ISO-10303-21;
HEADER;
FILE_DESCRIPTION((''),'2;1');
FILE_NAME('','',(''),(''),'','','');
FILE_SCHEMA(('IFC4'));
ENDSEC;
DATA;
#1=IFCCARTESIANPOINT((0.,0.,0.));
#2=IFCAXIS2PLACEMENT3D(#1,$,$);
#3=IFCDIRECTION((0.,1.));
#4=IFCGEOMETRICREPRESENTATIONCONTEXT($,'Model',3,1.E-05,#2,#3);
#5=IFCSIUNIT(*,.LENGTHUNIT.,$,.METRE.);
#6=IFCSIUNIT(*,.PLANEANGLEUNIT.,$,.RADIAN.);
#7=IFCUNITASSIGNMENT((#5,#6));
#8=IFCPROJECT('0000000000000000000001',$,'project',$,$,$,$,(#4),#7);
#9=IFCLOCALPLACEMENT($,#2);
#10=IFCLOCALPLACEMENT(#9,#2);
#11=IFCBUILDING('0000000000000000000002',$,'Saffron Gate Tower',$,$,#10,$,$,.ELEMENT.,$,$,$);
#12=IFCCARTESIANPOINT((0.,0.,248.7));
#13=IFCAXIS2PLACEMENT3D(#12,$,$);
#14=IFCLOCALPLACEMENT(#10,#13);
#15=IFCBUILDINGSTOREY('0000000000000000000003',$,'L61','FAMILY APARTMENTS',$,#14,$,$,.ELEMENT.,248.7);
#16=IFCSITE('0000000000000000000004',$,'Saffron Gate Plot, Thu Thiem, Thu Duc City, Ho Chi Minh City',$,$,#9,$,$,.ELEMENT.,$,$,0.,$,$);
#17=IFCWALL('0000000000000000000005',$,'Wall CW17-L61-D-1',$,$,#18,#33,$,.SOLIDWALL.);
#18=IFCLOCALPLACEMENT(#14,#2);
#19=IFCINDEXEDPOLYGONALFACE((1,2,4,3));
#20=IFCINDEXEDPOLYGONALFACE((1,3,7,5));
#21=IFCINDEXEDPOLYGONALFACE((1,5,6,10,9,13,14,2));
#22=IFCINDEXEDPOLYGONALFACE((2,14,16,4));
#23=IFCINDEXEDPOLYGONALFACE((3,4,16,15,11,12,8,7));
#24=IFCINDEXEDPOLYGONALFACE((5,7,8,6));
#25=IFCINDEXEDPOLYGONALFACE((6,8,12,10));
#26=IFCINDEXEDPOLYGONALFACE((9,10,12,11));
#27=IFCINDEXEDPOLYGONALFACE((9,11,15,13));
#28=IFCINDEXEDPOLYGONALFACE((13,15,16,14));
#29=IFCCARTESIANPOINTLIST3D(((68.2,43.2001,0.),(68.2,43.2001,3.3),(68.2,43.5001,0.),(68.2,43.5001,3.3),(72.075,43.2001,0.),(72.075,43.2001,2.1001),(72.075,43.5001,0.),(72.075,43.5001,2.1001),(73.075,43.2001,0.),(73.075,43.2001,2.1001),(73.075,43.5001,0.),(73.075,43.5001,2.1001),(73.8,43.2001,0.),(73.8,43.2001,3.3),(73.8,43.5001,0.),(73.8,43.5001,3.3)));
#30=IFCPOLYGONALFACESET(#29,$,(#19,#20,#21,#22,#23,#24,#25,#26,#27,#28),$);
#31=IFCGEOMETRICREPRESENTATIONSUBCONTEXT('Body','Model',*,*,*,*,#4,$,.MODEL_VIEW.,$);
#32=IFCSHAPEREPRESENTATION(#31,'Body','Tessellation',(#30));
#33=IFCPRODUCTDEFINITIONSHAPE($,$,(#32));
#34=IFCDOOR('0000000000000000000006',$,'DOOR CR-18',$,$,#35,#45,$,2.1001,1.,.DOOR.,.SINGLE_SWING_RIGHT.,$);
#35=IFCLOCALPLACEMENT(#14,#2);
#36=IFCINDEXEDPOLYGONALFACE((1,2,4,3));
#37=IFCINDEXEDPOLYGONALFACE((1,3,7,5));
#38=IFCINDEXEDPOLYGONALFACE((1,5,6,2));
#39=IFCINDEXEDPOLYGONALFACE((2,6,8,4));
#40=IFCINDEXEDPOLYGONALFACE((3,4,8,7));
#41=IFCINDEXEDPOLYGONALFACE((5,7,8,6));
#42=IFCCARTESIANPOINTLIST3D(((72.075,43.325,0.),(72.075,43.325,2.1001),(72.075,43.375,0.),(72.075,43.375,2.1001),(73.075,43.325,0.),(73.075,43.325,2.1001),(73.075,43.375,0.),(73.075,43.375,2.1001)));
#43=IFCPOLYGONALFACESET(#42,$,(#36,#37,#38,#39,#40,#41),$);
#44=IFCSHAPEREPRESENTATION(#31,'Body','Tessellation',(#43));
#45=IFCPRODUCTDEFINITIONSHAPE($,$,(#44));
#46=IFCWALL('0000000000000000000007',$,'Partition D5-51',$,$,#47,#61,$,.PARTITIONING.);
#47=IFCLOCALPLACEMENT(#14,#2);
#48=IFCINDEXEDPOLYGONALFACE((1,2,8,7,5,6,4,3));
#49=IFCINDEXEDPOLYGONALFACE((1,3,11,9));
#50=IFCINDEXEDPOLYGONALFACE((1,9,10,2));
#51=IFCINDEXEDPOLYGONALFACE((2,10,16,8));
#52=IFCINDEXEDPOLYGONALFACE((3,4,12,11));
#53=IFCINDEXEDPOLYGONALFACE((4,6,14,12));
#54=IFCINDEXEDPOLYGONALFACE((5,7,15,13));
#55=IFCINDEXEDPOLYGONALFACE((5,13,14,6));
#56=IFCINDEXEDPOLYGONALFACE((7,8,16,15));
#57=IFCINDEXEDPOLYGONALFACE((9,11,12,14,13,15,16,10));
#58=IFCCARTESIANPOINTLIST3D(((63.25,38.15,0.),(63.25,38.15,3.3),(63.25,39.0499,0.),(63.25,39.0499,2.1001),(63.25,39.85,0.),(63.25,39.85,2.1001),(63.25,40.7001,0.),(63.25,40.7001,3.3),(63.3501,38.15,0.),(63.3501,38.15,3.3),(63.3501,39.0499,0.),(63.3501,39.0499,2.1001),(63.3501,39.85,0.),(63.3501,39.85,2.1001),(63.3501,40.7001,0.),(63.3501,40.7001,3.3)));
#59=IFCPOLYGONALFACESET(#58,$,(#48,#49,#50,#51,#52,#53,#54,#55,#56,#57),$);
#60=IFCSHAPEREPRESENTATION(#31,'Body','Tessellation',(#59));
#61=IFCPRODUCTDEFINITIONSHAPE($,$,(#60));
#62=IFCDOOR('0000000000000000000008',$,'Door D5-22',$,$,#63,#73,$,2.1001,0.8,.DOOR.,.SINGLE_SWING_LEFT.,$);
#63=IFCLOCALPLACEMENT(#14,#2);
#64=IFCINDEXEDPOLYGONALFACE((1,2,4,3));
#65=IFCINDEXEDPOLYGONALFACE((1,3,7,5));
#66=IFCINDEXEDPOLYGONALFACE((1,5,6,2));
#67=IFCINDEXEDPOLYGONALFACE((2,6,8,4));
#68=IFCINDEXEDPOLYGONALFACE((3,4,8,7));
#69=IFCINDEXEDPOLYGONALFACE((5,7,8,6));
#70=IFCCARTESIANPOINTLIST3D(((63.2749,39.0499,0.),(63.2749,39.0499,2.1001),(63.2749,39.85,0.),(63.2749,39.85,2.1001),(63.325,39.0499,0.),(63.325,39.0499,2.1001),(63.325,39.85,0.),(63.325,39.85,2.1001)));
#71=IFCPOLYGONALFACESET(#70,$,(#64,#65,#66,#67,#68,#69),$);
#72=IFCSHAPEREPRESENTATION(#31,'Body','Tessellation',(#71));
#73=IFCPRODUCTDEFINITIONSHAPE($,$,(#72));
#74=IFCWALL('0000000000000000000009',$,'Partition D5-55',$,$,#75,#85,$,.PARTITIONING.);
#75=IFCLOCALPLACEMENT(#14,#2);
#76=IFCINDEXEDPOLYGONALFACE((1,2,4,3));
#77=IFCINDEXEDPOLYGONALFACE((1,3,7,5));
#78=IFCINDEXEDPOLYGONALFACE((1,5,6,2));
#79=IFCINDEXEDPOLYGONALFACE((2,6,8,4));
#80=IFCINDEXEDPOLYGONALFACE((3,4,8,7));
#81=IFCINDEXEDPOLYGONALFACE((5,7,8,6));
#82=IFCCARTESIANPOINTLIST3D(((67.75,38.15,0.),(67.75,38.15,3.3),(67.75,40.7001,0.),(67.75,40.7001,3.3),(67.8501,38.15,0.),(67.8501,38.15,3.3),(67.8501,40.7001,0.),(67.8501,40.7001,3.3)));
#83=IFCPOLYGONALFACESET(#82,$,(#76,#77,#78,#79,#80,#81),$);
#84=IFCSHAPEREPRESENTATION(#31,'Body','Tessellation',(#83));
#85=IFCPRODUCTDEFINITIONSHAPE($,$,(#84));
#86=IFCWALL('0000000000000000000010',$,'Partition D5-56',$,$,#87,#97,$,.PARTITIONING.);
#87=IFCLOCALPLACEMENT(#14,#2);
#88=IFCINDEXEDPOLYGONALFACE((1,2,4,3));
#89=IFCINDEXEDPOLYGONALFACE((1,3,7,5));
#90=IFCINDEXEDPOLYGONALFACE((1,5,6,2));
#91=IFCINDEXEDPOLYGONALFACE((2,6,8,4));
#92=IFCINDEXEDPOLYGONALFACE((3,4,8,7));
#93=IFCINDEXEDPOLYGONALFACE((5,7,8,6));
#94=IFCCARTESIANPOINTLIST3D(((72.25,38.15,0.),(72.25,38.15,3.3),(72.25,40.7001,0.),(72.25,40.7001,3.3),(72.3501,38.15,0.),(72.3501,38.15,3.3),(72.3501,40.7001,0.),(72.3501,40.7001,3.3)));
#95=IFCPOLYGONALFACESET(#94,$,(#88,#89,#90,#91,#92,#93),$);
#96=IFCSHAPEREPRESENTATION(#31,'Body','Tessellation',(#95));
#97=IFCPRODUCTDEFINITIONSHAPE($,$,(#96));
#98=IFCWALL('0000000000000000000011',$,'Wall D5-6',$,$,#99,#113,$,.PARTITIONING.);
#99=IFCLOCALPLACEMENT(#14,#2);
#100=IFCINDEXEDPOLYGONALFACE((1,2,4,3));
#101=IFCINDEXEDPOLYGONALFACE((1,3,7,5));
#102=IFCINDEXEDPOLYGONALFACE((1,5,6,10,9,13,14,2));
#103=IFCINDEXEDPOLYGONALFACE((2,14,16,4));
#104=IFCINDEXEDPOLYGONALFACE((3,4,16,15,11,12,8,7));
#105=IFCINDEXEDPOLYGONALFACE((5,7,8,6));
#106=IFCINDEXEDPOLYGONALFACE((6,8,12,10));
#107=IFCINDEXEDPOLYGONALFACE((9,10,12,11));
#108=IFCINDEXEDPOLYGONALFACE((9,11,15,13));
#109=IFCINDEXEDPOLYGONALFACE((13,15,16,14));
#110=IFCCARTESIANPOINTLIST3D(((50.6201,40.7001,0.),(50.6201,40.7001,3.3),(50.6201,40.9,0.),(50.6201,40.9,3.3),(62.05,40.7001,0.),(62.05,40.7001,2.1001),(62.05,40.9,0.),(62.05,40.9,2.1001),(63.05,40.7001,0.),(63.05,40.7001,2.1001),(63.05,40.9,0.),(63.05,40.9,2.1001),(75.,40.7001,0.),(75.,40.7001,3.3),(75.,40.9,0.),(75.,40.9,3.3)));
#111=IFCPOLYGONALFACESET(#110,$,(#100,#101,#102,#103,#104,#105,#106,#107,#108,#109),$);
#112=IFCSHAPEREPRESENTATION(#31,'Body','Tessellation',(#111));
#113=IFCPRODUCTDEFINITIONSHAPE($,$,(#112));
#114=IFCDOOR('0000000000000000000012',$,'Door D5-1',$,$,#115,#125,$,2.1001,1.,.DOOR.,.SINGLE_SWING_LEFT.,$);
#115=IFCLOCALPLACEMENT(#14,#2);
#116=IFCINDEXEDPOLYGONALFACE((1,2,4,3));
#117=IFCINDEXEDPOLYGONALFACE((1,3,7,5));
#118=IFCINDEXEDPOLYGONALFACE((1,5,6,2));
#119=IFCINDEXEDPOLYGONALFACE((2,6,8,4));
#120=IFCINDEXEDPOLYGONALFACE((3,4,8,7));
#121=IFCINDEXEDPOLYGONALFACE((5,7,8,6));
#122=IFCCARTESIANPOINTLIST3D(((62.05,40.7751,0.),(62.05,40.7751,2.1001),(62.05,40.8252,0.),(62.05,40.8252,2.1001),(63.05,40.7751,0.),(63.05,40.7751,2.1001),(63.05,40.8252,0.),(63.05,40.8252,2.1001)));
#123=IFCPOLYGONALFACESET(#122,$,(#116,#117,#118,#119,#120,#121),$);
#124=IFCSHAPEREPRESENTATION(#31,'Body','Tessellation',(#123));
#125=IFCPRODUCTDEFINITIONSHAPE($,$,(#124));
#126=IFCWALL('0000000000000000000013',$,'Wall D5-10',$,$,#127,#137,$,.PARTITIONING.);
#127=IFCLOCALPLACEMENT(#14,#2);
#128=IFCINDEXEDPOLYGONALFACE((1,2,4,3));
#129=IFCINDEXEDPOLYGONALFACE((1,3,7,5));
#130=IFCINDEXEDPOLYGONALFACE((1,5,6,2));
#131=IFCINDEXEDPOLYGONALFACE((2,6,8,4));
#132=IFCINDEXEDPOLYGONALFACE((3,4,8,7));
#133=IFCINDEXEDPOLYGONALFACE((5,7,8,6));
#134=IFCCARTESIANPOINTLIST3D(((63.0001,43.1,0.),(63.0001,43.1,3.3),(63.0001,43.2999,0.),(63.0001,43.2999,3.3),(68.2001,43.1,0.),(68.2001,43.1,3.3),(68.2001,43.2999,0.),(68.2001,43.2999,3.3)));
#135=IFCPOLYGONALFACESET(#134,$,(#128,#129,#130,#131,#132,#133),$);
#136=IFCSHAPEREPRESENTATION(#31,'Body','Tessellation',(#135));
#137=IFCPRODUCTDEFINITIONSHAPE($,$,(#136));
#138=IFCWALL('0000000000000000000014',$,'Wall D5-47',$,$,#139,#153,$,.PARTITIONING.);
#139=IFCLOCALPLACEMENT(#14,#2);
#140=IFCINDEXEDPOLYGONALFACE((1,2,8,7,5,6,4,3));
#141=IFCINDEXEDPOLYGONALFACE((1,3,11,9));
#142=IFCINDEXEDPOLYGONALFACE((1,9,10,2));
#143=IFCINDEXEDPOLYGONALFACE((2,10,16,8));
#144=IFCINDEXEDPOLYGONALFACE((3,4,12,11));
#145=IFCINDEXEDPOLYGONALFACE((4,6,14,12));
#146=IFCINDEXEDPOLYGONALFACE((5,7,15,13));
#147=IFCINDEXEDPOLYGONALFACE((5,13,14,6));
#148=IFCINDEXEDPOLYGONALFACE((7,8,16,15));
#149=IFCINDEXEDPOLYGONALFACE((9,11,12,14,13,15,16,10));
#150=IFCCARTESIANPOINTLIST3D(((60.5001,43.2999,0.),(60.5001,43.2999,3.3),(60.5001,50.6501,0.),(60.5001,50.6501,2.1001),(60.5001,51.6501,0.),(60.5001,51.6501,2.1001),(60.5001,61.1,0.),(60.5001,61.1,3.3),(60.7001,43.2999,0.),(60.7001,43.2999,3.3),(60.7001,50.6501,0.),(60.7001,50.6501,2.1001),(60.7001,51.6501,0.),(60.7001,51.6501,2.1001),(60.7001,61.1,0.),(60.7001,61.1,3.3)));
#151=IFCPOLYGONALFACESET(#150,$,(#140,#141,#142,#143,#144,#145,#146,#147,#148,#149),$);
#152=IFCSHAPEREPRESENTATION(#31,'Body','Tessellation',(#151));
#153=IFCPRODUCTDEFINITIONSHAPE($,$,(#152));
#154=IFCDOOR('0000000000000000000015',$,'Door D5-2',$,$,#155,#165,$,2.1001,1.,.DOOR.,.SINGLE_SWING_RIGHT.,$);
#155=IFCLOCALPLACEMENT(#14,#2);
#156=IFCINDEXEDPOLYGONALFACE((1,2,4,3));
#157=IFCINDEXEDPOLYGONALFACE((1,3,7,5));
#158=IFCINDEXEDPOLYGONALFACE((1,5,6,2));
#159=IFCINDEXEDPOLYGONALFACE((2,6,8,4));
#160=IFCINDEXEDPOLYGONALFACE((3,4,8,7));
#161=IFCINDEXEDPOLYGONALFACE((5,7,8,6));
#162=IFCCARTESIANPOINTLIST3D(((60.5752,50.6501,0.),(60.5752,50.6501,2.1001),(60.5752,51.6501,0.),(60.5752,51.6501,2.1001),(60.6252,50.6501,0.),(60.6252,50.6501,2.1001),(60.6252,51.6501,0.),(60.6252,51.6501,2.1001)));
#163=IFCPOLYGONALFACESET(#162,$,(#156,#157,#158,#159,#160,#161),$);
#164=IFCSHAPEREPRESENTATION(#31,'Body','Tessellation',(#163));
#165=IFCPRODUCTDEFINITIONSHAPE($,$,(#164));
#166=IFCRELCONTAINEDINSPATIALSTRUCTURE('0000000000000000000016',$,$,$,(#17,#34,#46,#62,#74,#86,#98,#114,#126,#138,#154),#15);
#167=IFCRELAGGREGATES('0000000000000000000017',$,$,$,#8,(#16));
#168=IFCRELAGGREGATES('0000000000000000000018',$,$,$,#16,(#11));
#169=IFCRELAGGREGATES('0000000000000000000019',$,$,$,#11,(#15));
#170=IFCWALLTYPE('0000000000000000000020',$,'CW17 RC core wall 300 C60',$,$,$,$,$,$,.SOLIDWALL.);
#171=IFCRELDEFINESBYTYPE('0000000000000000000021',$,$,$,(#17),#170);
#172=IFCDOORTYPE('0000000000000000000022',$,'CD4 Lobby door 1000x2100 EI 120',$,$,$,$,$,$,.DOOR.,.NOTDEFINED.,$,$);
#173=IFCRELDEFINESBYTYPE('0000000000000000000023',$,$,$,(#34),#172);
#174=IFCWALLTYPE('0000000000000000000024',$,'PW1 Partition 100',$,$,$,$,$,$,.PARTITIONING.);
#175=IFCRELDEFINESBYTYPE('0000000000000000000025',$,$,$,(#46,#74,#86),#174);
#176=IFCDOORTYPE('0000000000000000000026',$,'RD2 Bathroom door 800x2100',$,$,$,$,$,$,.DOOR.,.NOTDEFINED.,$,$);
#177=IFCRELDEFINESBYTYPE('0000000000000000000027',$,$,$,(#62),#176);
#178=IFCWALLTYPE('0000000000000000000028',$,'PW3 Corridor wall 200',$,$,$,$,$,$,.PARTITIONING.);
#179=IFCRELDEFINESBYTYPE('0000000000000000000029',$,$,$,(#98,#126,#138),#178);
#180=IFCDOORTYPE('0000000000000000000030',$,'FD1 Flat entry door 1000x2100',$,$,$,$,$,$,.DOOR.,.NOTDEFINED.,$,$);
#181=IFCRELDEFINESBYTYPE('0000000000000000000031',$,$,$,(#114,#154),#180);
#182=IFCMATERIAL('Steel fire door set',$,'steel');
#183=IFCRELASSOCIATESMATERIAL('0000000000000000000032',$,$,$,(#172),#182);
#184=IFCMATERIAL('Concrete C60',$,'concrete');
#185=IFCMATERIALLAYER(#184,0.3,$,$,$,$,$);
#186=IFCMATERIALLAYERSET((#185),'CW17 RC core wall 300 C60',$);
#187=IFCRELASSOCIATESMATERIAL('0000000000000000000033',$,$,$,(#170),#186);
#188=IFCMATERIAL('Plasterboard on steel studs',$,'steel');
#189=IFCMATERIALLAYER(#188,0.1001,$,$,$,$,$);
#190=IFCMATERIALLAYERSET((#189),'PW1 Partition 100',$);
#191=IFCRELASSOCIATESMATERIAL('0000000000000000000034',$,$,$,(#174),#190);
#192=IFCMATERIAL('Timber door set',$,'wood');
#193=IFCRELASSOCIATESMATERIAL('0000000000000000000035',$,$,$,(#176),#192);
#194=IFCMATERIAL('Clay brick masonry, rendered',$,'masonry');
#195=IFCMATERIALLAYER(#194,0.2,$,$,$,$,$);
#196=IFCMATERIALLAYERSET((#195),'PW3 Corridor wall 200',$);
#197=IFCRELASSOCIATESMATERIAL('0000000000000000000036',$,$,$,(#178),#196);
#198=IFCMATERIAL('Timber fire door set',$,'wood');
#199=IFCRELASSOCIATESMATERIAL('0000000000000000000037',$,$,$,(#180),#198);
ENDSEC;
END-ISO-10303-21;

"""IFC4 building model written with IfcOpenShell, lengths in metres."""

from ifc_helpers import new_model, si_unit, direction, frame, frame_2d, origin, place, context, subcontext, project, spatial, rectangle, extrude, material, layer, layer_set, type_object, element, fill, save


model = new_model("IFC4")

# Units and contexts
model_context = context("Model", 3, precision=1e-05, world=origin(), true_north=direction((0.0, 1.0)))
body_context = subcontext(model_context, "Body", "Model", "MODEL_VIEW")
ifc_project = project(units=[si_unit("LENGTHUNIT", "METRE"), si_unit("PLANEANGLEUNIT", "RADIAN")], contexts=[model_context])

# Site, building, storey
site_placement = place(None, origin())
site = spatial("IfcSite", under=ifc_project, at=site_placement, Name="Saffron Gate Plot, Thu Thiem, Thu Duc City, Ho Chi Minh City", CompositionType="ELEMENT", RefElevation=0.0)
building_placement = place(site_placement, origin())
building = spatial("IfcBuilding", under=site, at=building_placement, Name="Saffron Gate Tower", CompositionType="ELEMENT")
storey_placement = place(building_placement, frame((0.0, 0.0, 248.7)))
storey = spatial("IfcBuildingStorey", under=building, at=storey_placement, Name="L61", Description="FAMILY APARTMENTS", CompositionType="ELEMENT", Elevation=248.7)

# Shared definitions
ifc_material_1 = material(Name="Steel fire door set", Category="steel")
door_type_1 = type_object("IfcDoorType", Name="CD4 Lobby door 1000x2100 EI 120", OperationType="NOTDEFINED", PredefinedType="DOOR", material=ifc_material_1)

# Shared definitions
ifc_material_2 = material(Name="Concrete C60", Category="concrete")

# Walls, openings, doors
ifc_layer_1 = layer(ifc_material_2, 0.3)
ifc_layer_set_1 = layer_set([ifc_layer_1], Name="CW17 RC core wall 300 C60")
wall_type_1 = type_object("IfcWallType", Name="CW17 RC core wall 300 C60", PredefinedType="SOLIDWALL", material=ifc_layer_set_1)
wall_1_placement = place(storey_placement, frame((68.2, 43.3501, 0.0), z_axis=(0.0, 0.0, 1.0), x_axis=(1.0, 0.0, 0.0)))
wall_1 = element("IfcWall", 1, at=wall_1_placement, inside=storey, type_object=wall_type_1, Name="Wall CW17-L61-D-1", PredefinedType="SOLIDWALL", context=body_context, shape_type="SweptSolid", body=[
    extrude(rectangle(XDim=5.6001, YDim=0.3, at=frame_2d((2.8, 0.0))), origin(), (0.0, 0.0, 1.0), 3.3),
])
opening_1_placement = place(wall_1_placement, frame((3.875, 0.0, 0.0)))
opening_1 = element("IfcOpeningElement", 2, at=opening_1_placement, cuts=wall_1, PredefinedType="OPENING", context=body_context, shape_type="SweptSolid", body=[
    extrude(rectangle(XDim=1.0, YDim=2.1001, at=frame_2d((0.5, 1.05))), frame((0.0, 0.1602, 0.0), z_axis=(0.0, -1.0, 0.0), x_axis=(1.0, 0.0, 0.0)), (0.0, 0.0, 1.0), 0.3201),
])
door_1_placement = place(opening_1_placement, origin())
door_1 = element("IfcDoor", 3, at=door_1_placement, inside=storey, type_object=door_type_1, Name="DOOR CR-18", OperationType="SINGLE_SWING_RIGHT", OverallHeight=2.1001, OverallWidth=1.0, PredefinedType="DOOR", context=body_context, shape_type="SweptSolid", body=[
    extrude(rectangle(XDim=1.0, YDim=2.1001, at=frame_2d((0.5, 1.05))), frame((0.0, 0.0249, 0.0), z_axis=(0.0, -1.0, 0.0), x_axis=(1.0, 0.0, 0.0)), (0.0, 0.0, 1.0), 0.05),
])
fill(opening_1, door_1)
ifc_material_3 = material(Name="Plasterboard on steel studs", Category="steel")
ifc_layer_2 = layer(ifc_material_3, 0.1001)
ifc_layer_set_2 = layer_set([ifc_layer_2], Name="PW1 Partition 100")
wall_type_2 = type_object("IfcWallType", Name="PW1 Partition 100", PredefinedType="PARTITIONING", material=ifc_layer_set_2)
wall_2_placement = place(storey_placement, frame((63.3, 40.7, 0.0), z_axis=(0.0, 0.0, 1.0), x_axis=(0.0, -1.0, 0.0)))
wall_2 = element("IfcWall", 4, at=wall_2_placement, inside=storey, type_object=wall_type_2, Name="Partition D5-51", PredefinedType="PARTITIONING", context=body_context, shape_type="SweptSolid", body=[
    extrude(rectangle(XDim=2.55, YDim=0.1001, at=frame_2d((1.2749, 0.0))), origin(), (0.0, 0.0, 1.0), 3.3),
])
opening_2_placement = place(wall_2_placement, frame((0.8501, 0.0, 0.0)))
opening_2 = element("IfcOpeningElement", 5, at=opening_2_placement, cuts=wall_2, PredefinedType="OPENING", context=body_context, shape_type="SweptSolid", body=[
    extrude(rectangle(XDim=0.8, YDim=2.1001, at=frame_2d((0.3999, 1.05))), frame((0.0, 0.0601, 0.0), z_axis=(0.0, -1.0, 0.0), x_axis=(1.0, 0.0, 0.0)), (0.0, 0.0, 1.0), 0.1201),
])
ifc_material_4 = material(Name="Timber door set", Category="wood")
door_type_2 = type_object("IfcDoorType", Name="RD2 Bathroom door 800x2100", OperationType="NOTDEFINED", PredefinedType="DOOR", material=ifc_material_4)
door_2_placement = place(opening_2_placement, origin())
door_2 = element("IfcDoor", 6, at=door_2_placement, inside=storey, type_object=door_type_2, Name="Door D5-22", OperationType="SINGLE_SWING_LEFT", OverallHeight=2.1001, OverallWidth=0.8, PredefinedType="DOOR", context=body_context, shape_type="SweptSolid", body=[
    extrude(rectangle(XDim=0.8, YDim=2.1001, at=frame_2d((0.3999, 1.05))), frame((0.0, 0.0249, 0.0), z_axis=(0.0, -1.0, 0.0), x_axis=(1.0, 0.0, 0.0)), (0.0, 0.0, 1.0), 0.05),
])
fill(opening_2, door_2)

# Walls
for number, where, z_axis, x_axis, name in (
    (7, (67.8, 40.7, 0.0), (0.0, 0.0, 1.0), (0.0, -1.0, 0.0), "Partition D5-55"),
    (8, (72.3, 40.7, 0.0), (0.0, 0.0, 1.0), (0.0, -1.0, 0.0), "Partition D5-56"),
):
    element("IfcWall", number, at=place(storey_placement, frame(where, z_axis=z_axis, x_axis=x_axis)), inside=storey, type_object=wall_type_2, Name=name, PredefinedType="PARTITIONING", context=body_context, shape_type="SweptSolid", body=[
        extrude(rectangle(XDim=2.55, YDim=0.1001, at=frame_2d((1.2749, 0.0))), origin(), (0.0, 0.0, 1.0), 3.3),
    ])

# Wall, opening, door
ifc_material_5 = material(Name="Clay brick masonry, rendered", Category="masonry")
ifc_layer_3 = layer(ifc_material_5, 0.2)
ifc_layer_set_3 = layer_set([ifc_layer_3], Name="PW3 Corridor wall 200")
wall_type_3 = type_object("IfcWallType", Name="PW3 Corridor wall 200", PredefinedType="PARTITIONING", material=ifc_layer_set_3)
wall_3_placement = place(storey_placement, frame((75.0, 40.8, 0.0), z_axis=(0.0, 0.0, 1.0), x_axis=(-1.0, 0.0, 0.0)))
wall_3 = element("IfcWall", 9, at=wall_3_placement, inside=storey, type_object=wall_type_3, Name="Wall D5-6", PredefinedType="PARTITIONING", context=body_context, shape_type="SweptSolid", body=[
    extrude(rectangle(XDim=24.3799, YDim=0.2, at=frame_2d((12.1899, 0.0))), origin(), (0.0, 0.0, 1.0), 3.3),
])
opening_3_placement = place(wall_3_placement, frame((11.95, 0.0, 0.0)))
opening_3 = element("IfcOpeningElement", 10, at=opening_3_placement, cuts=wall_3, PredefinedType="OPENING", context=body_context, shape_type="SweptSolid", body=[
    extrude(rectangle(XDim=1.0, YDim=2.1001, at=frame_2d((0.5, 1.05))), frame((0.0, 0.1099, 0.0), z_axis=(0.0, -1.0, 0.0), x_axis=(1.0, 0.0, 0.0)), (0.0, 0.0, 1.0), 0.22),
])
ifc_material_6 = material(Name="Timber fire door set", Category="wood")
door_type_3 = type_object("IfcDoorType", Name="FD1 Flat entry door 1000x2100", OperationType="NOTDEFINED", PredefinedType="DOOR", material=ifc_material_6)
door_3_placement = place(opening_3_placement, origin())
door_3 = element("IfcDoor", 11, at=door_3_placement, inside=storey, type_object=door_type_3, Name="Door D5-1", OperationType="SINGLE_SWING_LEFT", OverallHeight=2.1001, OverallWidth=1.0, PredefinedType="DOOR", context=body_context, shape_type="SweptSolid", body=[
    extrude(rectangle(XDim=1.0, YDim=2.1001, at=frame_2d((0.5, 1.05))), frame((0.0, 0.0249, 0.0), z_axis=(0.0, -1.0, 0.0), x_axis=(1.0, 0.0, 0.0)), (0.0, 0.0, 1.0), 0.05),
])
fill(opening_3, door_3)

# Wall
wall_4_placement = place(storey_placement, frame((63.0, 43.2, 0.0), z_axis=(0.0, 0.0, 1.0), x_axis=(1.0, 0.0, 0.0)))
element("IfcWall", 12, at=wall_4_placement, inside=storey, type_object=wall_type_3, Name="Wall D5-10", PredefinedType="PARTITIONING", context=body_context, shape_type="SweptSolid", body=[
    extrude(rectangle(XDim=5.2, YDim=0.2, at=frame_2d((2.6001, 0.0))), origin(), (0.0, 0.0, 1.0), 3.3),
])

# Wall, opening, door
wall_5_placement = place(storey_placement, frame((60.6001, 43.3, 0.0), z_axis=(0.0, 0.0, 1.0), x_axis=(0.0, 1.0, 0.0)))
wall_5 = element("IfcWall", 13, at=wall_5_placement, inside=storey, type_object=wall_type_3, Name="Wall D5-47", PredefinedType="PARTITIONING", context=body_context, shape_type="SweptSolid", body=[
    extrude(rectangle(XDim=17.8, YDim=0.2, at=frame_2d((8.8999, 0.0))), origin(), (0.0, 0.0, 1.0), 3.3),
])
opening_4_placement = place(wall_5_placement, frame((7.3501, 0.0, 0.0)))
opening_4 = element("IfcOpeningElement", 14, at=opening_4_placement, cuts=wall_5, PredefinedType="OPENING", context=body_context, shape_type="SweptSolid", body=[
    extrude(rectangle(XDim=1.0, YDim=2.1001, at=frame_2d((0.5, 1.05))), frame((0.0, 0.1099, 0.0), z_axis=(0.0, -1.0, 0.0), x_axis=(1.0, 0.0, 0.0)), (0.0, 0.0, 1.0), 0.22),
])
door_4_placement = place(opening_4_placement, origin())
door_4 = element("IfcDoor", 15, at=door_4_placement, inside=storey, type_object=door_type_3, Name="Door D5-2", OperationType="SINGLE_SWING_RIGHT", OverallHeight=2.1001, OverallWidth=1.0, PredefinedType="DOOR", context=body_context, shape_type="SweptSolid", body=[
    extrude(rectangle(XDim=1.0, YDim=2.1001, at=frame_2d((0.5, 1.05))), frame((0.0, 0.0249, 0.0), z_axis=(0.0, -1.0, 0.0), x_axis=(1.0, 0.0, 0.0)), (0.0, 0.0, 1.0), 0.05),
])
fill(opening_4, door_4)

save(model, "model.ifc")
